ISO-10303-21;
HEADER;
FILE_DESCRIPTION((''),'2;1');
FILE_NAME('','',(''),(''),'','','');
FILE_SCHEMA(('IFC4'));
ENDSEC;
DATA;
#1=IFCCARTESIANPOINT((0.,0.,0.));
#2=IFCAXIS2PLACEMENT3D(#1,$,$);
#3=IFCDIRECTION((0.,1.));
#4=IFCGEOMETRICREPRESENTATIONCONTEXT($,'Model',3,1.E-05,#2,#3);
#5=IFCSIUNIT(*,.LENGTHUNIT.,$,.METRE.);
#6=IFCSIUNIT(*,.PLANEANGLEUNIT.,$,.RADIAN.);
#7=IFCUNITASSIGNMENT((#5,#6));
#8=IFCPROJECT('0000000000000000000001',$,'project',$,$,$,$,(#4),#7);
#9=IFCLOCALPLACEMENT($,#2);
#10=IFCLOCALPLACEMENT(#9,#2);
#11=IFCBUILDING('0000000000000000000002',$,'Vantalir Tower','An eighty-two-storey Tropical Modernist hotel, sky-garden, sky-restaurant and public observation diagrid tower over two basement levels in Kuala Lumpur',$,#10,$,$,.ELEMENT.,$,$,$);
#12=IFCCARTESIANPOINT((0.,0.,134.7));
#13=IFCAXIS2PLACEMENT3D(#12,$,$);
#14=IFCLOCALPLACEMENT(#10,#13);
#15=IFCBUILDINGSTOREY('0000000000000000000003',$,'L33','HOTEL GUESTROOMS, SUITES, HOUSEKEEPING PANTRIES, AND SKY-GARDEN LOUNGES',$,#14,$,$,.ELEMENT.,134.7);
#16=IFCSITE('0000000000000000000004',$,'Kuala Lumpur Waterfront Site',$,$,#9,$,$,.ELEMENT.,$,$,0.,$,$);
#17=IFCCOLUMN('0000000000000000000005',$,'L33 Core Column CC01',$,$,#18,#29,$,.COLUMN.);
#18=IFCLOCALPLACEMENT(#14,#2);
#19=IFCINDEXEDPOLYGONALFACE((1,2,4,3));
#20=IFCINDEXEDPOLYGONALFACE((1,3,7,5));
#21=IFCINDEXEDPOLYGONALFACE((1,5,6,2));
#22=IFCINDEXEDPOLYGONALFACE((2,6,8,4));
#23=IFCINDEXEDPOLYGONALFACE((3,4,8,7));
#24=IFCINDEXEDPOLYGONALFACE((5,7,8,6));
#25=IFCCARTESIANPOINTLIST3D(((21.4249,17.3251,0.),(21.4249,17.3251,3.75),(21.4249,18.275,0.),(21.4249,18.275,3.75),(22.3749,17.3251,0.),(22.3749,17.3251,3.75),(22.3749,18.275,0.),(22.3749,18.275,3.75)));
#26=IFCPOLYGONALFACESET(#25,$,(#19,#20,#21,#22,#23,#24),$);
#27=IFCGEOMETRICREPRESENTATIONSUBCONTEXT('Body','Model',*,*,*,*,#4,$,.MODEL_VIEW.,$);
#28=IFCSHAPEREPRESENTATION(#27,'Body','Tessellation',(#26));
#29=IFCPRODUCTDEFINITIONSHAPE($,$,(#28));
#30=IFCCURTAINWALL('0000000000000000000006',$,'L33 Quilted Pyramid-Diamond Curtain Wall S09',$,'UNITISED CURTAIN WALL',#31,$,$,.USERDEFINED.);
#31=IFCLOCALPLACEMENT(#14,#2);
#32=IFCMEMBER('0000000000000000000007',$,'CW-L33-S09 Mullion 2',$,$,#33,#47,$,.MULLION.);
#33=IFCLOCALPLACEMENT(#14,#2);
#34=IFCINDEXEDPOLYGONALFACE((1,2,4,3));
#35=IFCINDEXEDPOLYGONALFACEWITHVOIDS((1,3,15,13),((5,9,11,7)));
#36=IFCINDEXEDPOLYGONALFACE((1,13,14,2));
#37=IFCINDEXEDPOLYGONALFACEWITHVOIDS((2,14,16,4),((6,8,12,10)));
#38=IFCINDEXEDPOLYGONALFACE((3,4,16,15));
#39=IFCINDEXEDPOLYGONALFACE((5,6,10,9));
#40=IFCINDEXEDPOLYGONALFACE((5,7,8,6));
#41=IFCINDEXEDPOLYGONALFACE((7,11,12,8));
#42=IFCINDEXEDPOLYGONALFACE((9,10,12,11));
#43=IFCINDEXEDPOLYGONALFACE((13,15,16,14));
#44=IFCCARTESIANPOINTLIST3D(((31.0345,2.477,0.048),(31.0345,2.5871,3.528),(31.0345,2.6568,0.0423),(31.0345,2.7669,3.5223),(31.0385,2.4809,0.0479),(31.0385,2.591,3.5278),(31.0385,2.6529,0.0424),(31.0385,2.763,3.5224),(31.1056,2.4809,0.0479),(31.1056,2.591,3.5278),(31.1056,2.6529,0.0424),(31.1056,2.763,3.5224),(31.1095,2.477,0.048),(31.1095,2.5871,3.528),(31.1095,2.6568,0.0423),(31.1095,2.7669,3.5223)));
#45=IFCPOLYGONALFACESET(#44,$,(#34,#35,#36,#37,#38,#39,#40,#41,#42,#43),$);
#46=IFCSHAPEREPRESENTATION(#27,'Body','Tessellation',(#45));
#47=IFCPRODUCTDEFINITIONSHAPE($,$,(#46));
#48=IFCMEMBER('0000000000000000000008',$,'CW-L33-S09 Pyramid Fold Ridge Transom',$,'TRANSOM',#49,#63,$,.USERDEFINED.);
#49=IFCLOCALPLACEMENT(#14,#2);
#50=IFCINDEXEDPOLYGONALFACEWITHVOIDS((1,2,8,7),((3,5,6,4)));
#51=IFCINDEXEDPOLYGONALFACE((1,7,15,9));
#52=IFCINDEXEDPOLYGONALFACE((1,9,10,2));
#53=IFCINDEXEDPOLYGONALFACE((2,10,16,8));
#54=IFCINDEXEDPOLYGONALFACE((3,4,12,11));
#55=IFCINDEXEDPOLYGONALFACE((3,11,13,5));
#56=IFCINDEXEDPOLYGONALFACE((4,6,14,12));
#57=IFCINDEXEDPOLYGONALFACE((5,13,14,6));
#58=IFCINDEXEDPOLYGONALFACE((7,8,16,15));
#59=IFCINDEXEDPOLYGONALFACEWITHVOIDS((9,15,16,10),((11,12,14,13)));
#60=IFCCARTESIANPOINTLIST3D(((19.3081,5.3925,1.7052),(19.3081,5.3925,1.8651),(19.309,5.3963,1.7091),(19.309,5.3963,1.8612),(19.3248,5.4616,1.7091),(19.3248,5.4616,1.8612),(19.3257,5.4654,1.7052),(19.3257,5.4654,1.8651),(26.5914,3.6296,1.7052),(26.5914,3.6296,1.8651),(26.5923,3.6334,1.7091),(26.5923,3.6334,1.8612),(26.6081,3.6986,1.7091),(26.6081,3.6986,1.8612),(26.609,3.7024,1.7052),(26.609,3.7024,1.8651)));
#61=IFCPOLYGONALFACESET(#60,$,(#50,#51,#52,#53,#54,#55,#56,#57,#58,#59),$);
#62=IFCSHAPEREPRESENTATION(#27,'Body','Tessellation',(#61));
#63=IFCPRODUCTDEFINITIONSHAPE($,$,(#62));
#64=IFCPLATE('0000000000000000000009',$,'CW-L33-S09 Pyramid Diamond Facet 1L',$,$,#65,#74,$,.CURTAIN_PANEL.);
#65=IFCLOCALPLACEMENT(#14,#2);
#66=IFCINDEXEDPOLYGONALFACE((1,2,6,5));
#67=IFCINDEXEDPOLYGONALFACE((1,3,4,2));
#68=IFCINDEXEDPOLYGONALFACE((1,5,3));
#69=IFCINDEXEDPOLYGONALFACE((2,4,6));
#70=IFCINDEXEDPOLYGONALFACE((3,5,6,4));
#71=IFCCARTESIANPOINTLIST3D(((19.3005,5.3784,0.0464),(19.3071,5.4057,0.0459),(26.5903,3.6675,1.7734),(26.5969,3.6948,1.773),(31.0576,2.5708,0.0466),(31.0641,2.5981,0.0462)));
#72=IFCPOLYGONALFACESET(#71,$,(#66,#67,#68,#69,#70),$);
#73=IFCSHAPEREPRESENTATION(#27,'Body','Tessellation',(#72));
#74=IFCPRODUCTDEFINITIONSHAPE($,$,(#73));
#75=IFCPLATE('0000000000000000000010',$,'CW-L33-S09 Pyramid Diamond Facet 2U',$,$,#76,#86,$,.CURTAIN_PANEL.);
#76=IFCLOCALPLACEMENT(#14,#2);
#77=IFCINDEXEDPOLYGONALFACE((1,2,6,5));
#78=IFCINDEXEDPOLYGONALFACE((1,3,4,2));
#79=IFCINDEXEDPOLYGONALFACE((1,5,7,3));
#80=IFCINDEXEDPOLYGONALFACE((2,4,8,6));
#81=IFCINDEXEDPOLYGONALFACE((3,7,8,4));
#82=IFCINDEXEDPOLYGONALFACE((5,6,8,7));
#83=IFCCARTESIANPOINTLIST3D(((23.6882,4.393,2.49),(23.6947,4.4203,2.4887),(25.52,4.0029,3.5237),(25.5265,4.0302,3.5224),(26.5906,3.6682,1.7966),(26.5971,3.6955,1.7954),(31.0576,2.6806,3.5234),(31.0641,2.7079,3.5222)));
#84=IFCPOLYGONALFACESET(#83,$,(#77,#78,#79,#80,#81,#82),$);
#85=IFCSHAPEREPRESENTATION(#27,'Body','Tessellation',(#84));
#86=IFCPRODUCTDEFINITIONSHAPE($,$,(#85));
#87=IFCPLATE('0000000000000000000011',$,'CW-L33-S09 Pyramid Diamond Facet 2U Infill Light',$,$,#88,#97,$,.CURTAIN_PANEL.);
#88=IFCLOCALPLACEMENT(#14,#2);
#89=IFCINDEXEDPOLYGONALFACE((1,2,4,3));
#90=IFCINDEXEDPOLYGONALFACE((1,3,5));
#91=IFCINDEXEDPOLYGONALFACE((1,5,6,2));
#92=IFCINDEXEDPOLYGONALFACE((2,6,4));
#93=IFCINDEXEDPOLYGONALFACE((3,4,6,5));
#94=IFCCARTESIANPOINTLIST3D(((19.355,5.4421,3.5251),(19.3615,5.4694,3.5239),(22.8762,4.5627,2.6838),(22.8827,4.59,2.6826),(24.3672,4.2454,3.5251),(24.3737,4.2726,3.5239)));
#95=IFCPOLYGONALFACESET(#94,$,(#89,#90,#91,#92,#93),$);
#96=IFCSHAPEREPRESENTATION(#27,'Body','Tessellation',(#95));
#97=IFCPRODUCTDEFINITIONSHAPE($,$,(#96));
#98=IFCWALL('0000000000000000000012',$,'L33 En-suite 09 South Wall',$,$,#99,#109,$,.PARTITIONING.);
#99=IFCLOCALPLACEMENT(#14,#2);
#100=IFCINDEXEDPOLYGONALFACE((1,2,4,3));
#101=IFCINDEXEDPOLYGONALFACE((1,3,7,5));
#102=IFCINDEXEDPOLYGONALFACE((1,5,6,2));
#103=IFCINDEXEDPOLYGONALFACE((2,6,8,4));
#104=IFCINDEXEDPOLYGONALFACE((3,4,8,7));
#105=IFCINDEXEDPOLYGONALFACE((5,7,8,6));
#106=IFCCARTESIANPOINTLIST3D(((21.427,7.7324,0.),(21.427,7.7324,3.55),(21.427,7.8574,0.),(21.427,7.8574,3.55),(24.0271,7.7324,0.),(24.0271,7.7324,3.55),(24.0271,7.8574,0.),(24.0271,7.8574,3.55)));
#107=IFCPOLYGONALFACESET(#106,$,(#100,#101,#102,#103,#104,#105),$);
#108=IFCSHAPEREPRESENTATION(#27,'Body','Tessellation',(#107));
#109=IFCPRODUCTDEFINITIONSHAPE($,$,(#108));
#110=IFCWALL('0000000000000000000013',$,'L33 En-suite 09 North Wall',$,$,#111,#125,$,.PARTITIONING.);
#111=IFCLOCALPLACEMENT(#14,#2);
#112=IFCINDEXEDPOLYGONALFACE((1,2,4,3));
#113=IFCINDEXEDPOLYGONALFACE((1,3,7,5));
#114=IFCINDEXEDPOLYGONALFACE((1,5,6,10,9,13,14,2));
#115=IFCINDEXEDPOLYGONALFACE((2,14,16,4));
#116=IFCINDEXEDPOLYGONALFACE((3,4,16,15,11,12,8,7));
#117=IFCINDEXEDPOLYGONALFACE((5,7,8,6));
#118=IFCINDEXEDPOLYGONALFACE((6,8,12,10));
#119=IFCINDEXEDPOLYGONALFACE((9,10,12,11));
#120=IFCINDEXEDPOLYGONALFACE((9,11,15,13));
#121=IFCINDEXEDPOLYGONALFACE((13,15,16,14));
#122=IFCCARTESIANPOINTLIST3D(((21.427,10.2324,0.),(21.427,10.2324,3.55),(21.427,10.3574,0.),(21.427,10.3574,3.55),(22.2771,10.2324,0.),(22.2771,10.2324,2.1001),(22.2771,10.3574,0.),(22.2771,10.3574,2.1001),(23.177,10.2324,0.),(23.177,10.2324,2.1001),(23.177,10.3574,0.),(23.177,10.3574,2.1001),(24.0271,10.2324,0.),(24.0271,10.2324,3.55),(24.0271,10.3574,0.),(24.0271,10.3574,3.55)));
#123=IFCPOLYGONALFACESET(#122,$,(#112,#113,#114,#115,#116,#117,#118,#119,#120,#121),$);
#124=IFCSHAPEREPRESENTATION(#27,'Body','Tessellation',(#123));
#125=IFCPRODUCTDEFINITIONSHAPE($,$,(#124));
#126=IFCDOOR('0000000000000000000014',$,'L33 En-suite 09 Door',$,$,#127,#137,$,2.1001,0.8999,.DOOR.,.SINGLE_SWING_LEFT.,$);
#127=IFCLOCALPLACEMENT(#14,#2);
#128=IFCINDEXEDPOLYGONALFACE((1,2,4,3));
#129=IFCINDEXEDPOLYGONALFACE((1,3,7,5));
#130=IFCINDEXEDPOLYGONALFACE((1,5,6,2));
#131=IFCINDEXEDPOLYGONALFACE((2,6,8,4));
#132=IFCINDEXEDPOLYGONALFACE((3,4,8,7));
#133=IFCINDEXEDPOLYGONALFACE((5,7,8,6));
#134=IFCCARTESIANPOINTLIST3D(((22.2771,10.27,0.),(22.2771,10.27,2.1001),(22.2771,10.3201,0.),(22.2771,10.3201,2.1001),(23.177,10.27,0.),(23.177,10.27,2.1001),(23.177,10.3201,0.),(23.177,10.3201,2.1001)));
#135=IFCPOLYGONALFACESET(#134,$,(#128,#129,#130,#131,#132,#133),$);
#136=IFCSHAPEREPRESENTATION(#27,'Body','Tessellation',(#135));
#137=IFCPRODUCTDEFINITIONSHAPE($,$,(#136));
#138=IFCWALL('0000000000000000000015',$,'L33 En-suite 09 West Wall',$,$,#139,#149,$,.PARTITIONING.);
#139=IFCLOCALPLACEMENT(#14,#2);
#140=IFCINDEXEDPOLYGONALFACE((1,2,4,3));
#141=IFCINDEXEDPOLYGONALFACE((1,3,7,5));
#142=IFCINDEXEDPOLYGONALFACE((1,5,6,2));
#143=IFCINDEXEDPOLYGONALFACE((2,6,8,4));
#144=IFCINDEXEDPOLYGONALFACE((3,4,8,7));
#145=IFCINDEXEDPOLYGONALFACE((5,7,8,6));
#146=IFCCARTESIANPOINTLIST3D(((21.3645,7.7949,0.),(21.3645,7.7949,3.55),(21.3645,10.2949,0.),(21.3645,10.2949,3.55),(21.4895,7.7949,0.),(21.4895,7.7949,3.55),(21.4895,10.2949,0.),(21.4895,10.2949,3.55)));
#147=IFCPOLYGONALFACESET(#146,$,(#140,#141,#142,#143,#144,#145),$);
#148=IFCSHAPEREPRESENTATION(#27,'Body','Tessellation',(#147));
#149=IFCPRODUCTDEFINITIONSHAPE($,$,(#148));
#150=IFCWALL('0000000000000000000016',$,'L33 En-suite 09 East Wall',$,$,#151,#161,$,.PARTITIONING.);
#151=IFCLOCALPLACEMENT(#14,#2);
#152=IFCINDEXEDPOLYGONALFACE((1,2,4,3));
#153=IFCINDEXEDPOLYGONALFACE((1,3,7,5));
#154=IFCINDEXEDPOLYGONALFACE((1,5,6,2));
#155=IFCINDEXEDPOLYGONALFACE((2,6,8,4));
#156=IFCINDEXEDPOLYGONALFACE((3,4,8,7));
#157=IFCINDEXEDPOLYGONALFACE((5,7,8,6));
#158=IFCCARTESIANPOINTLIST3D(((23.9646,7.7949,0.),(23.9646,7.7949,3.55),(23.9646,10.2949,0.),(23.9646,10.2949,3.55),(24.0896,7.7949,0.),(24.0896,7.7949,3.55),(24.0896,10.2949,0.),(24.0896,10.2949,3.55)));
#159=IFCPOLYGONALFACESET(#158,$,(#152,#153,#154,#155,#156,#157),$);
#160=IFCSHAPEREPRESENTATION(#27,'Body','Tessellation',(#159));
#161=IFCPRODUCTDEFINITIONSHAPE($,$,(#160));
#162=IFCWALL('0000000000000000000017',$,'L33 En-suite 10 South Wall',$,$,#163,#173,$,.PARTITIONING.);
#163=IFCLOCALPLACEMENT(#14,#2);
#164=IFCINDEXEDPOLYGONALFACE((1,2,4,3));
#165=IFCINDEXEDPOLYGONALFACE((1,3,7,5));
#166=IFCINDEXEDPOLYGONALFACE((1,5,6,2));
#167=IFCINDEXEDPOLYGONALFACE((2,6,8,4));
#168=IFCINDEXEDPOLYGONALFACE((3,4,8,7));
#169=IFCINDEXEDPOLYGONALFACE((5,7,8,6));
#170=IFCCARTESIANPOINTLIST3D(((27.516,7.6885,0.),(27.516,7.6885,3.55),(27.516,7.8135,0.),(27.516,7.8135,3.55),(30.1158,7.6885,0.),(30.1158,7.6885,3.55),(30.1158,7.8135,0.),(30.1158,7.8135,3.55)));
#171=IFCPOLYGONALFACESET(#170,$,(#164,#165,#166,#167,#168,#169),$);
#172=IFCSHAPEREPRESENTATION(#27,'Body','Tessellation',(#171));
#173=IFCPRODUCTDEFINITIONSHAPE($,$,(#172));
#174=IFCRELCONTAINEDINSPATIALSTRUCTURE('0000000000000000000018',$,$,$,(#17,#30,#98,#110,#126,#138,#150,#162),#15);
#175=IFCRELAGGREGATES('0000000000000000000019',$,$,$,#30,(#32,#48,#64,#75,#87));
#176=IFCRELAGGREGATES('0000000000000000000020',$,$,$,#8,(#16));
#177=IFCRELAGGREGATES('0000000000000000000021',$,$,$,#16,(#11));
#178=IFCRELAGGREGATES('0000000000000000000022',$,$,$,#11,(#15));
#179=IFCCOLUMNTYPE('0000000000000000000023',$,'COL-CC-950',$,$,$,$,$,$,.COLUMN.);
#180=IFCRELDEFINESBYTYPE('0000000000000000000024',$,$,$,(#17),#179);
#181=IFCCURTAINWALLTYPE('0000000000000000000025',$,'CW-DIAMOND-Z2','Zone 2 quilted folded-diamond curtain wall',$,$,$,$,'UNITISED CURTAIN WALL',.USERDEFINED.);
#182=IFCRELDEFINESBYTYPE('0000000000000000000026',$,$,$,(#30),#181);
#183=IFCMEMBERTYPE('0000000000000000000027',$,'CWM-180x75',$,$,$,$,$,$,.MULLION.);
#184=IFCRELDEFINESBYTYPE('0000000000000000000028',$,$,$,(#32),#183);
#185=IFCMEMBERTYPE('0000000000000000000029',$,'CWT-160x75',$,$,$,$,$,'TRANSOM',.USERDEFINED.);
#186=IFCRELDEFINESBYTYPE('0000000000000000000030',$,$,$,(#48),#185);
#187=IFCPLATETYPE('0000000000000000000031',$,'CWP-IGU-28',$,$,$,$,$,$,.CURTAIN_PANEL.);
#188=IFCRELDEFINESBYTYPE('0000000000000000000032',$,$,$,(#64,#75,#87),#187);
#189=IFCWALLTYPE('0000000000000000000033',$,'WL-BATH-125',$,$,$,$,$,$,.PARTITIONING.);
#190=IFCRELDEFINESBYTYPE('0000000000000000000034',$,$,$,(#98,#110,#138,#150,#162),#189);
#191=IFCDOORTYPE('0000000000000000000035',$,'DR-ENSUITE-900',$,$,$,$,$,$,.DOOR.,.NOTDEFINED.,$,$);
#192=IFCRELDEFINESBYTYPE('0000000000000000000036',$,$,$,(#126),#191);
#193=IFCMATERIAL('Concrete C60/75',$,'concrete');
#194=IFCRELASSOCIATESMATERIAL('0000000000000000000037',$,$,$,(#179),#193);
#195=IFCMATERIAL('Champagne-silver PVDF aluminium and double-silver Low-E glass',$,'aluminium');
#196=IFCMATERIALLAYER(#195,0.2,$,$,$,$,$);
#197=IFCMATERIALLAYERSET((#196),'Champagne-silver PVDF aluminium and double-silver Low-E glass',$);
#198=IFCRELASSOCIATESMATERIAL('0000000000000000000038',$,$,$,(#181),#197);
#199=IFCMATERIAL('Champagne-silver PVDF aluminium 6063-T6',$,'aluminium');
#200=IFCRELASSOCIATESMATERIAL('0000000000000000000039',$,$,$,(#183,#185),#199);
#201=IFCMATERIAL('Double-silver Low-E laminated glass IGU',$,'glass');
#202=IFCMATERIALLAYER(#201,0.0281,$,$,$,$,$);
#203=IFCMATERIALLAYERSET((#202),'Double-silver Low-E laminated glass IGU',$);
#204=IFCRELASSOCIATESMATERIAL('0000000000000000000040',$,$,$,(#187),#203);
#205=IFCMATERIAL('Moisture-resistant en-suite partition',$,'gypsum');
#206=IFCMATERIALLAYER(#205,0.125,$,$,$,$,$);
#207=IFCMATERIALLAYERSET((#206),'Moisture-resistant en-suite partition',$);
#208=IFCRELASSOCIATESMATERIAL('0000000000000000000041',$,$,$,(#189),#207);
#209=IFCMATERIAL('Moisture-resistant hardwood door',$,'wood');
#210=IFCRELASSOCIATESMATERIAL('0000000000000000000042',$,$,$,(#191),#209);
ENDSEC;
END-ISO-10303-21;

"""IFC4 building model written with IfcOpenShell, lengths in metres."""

from ifc_helpers import new_model, si_unit, direction, frame, frame_2d, origin, origin_2d, place, context, subcontext, project, spatial, polyline, rectangle, hollow_rectangle, outline, extrude, material, layer, layer_set, material_profile, profile_set, type_object, element, fill, aggregate, save


model = new_model("IFC4")

# Units and contexts
model_context = context("Model", 3, precision=1e-05, world=origin(), true_north=direction((0.0, 1.0)))
body_context = subcontext(model_context, "Body", "Model", "MODEL_VIEW")
ifc_project = project(units=[si_unit("LENGTHUNIT", "METRE"), si_unit("PLANEANGLEUNIT", "RADIAN")], contexts=[model_context])

# Site, building, storey
site_placement = place(None, origin())
site = spatial("IfcSite", under=ifc_project, at=site_placement, Name="Kuala Lumpur Waterfront Site", CompositionType="ELEMENT", RefElevation=0.0)
building_placement = place(site_placement, origin())
building = spatial("IfcBuilding", under=site, at=building_placement, Name="Vantalir Tower", Description="An eighty-two-storey Tropical Modernist hotel, sky-garden, sky-restaurant and public observation diagrid tower over two basement levels in Kuala Lumpur", CompositionType="ELEMENT")
storey_placement = place(building_placement, frame((0.0, 0.0, 134.7)))
storey = spatial("IfcBuildingStorey", under=building, at=storey_placement, Name="L33", Description="HOTEL GUESTROOMS, SUITES, HOUSEKEEPING PANTRIES, AND SKY-GARDEN LOUNGES", CompositionType="ELEMENT", Elevation=134.7)

# Column
ifc_material_1 = material(Name="Concrete C60/75", Category="concrete")
ifc_material_profile_1 = material_profile(ifc_material_1, rectangle(XDim=0.95, YDim=0.95, at=origin_2d()), Name="Concrete C60/75")
ifc_profile_set_1 = profile_set([ifc_material_profile_1], Name="Concrete C60/75")
column_type = type_object("IfcColumnType", Name="COL-CC-950", PredefinedType="COLUMN", material=ifc_profile_set_1)
column_placement = place(storey_placement, frame((21.8999, 17.8, 0.0), z_axis=(0.0, 0.0, 1.0), x_axis=(1.0, 0.0, 0.0)))
element("IfcColumn", 1, at=column_placement, inside=storey, type_object=column_type, Name="L33 Core Column CC01", PredefinedType="COLUMN", context=body_context, shape_type="SweptSolid", body=[
    extrude(rectangle(XDim=0.95, YDim=0.95, at=origin_2d()), origin(), (0.0, 0.0, 1.0), 3.75),
])

# Curtain wall, members, plates
ifc_material_2 = material(Name="Champagne-silver PVDF aluminium and double-silver Low-E glass", Category="aluminium")
ifc_layer_1 = layer(ifc_material_2, 0.2)
ifc_layer_set_1 = layer_set([ifc_layer_1], Name="Champagne-silver PVDF aluminium and double-silver Low-E glass")
curtain_wall_type = type_object("IfcCurtainWallType", Name="CW-DIAMOND-Z2", Description="Zone 2 quilted folded-diamond curtain wall", ElementType="UNITISED CURTAIN WALL", PredefinedType="USERDEFINED", material=ifc_layer_set_1)
curtain_wall_placement = place(storey_placement, origin())
curtain_wall = element("IfcCurtainWall", 2, at=curtain_wall_placement, inside=storey, type_object=curtain_wall_type, Name="L33 Quilted Pyramid-Diamond Curtain Wall S09", ObjectType="UNITISED CURTAIN WALL", PredefinedType="USERDEFINED")
ifc_material_3 = material(Name="Champagne-silver PVDF aluminium 6063-T6", Category="aluminium")
ifc_material_profile_2 = material_profile(ifc_material_3, hollow_rectangle(XDim=0.075, YDim=0.1799, WallThickness=0.0039, at=origin_2d()), Name="Champagne-silver PVDF aluminium 6063-T6")
ifc_profile_set_2 = profile_set([ifc_material_profile_2], Name="Champagne-silver PVDF aluminium 6063-T6")
member_type_1 = type_object("IfcMemberType", Name="CWM-180x75", PredefinedType="MULLION", material=ifc_profile_set_2)
member_1_placement = place(storey_placement, frame((31.072, 2.5669, 0.0452), z_axis=(0.0, 0.031624, 0.9995), x_axis=(-1.0, 0.0, 0.0)))
member_1 = element("IfcMember", 3, at=member_1_placement, type_object=member_type_1, Name="CW-L33-S09 Mullion 2", PredefinedType="MULLION", context=body_context, shape_type="SweptSolid", body=[
    extrude(hollow_rectangle(XDim=0.075, YDim=0.1799, WallThickness=0.0039, at=origin_2d()), origin(), (0.0, 0.0, 1.0), 3.4817),
])
ifc_material_profile_3 = material_profile(ifc_material_3, hollow_rectangle(XDim=0.075, YDim=0.1599, WallThickness=0.0039, at=origin_2d()), Name="Champagne-silver PVDF aluminium 6063-T6")
ifc_profile_set_3 = profile_set([ifc_material_profile_3], Name="Champagne-silver PVDF aluminium 6063-T6")
member_type_2 = type_object("IfcMemberType", Name="CWT-160x75", ElementType="TRANSOM", PredefinedType="USERDEFINED", material=ifc_profile_set_3)
member_2_placement = place(storey_placement, frame((19.3169, 5.429, 1.7852), z_axis=(0.971932, -0.235262, 0.0), x_axis=(0.235262, 0.971932, 0.0)))
member_2 = element("IfcMember", 4, at=member_2_placement, type_object=member_type_2, Name="CW-L33-S09 Pyramid Fold Ridge Transom", ObjectType="TRANSOM", PredefinedType="USERDEFINED", context=body_context, shape_type="SweptSolid", body=[
    extrude(hollow_rectangle(XDim=0.075, YDim=0.1599, WallThickness=0.0039, at=origin_2d()), origin(), (0.0, 0.0, 1.0), 7.4937),
])
ifc_material_4 = material(Name="Double-silver Low-E laminated glass IGU", Category="glass")
ifc_layer_2 = layer(ifc_material_4, 0.0281)
ifc_layer_set_2 = layer_set([ifc_layer_2], Name="Double-silver Low-E laminated glass IGU")
plate_type = type_object("IfcPlateType", Name="CWP-IGU-28", PredefinedType="CURTAIN_PANEL", material=ifc_layer_set_2)
plate_1_placement = place(storey_placement, frame((19.3005, 5.3784, 0.0464), z_axis=(-0.232239, -0.972513, 0.016828), x_axis=(0.972651, -0.232271, 0.00002)))
plate_1 = element("IfcPlate", 5, at=plate_1_placement, type_object=plate_type, Name="CW-L33-S09 Pyramid Diamond Facet 1L", PredefinedType="CURTAIN_PANEL", context=body_context, shape_type="SweptSolid", body=[
    extrude(outline(polyline([(0.0, 0.0), (12.0877, 0.0), (7.4879, 1.7271), (0.0, 0.0)])), origin(), (0.0, 0.0, -1.0), 0.0281),
])
plate_2_placement = place(storey_placement, frame((25.52, 4.0029, 3.5237), z_axis=(-0.232028, -0.971691, 0.044493), x_axis=(0.972654, -0.23226, -0.000042)))
plate_2 = element("IfcPlate", 6, at=plate_2_placement, type_object=plate_type, Name="CW-L33-S09 Pyramid Diamond Facet 2U", PredefinedType="CURTAIN_PANEL", context=body_context, shape_type="SweptSolid", body=[
    extrude(outline(polyline([(0.0, 0.0), (5.6933, 0.0), (1.1191, -1.7287), (-1.8723, -1.0348), (0.0, 0.0)])), origin(), (0.0, 0.0, -1.0), 0.0281),
])
plate_3_placement = place(storey_placement, frame((19.355, 5.4421, 3.5251), z_axis=(-0.232013, -0.97169, 0.044604), x_axis=(0.972658, -0.232244, 0.0)))
plate_3 = element("IfcPlate", 7, at=plate_3_placement, type_object=plate_type, Name="CW-L33-S09 Pyramid Diamond Facet 2U Infill Light", PredefinedType="CURTAIN_PANEL", context=body_context, shape_type="SweptSolid", body=[
    extrude(outline(polyline([(0.0, 0.0), (5.1531, 0.0), (3.6292, -0.8421), (0.0, 0.0)])), origin(), (0.0, 0.0, -1.0), 0.0281),
])
aggregate(curtain_wall, [member_1, member_2, plate_1, plate_2, plate_3])

# Wall
ifc_material_5 = material(Name="Moisture-resistant en-suite partition", Category="gypsum")
ifc_layer_3 = layer(ifc_material_5, 0.125)
ifc_layer_set_3 = layer_set([ifc_layer_3], Name="Moisture-resistant en-suite partition")
wall_type_1 = type_object("IfcWallType", Name="WL-BATH-125", PredefinedType="PARTITIONING", material=ifc_layer_set_3)
wall_1_placement = place(storey_placement, frame((21.427, 7.7949, 0.0), z_axis=(0.0, 0.0, 1.0), x_axis=(1.0, 0.0, 0.0)))
element("IfcWall", 8, at=wall_1_placement, inside=storey, type_object=wall_type_1, Name="L33 En-suite 09 South Wall", PredefinedType="PARTITIONING", context=body_context, shape_type="SweptSolid", body=[
    extrude(rectangle(XDim=2.6001, YDim=0.125, at=frame_2d((1.3, 0.0))), origin(), (0.0, 0.0, 1.0), 3.55),
])

# Wall, opening, door
wall_2_placement = place(storey_placement, frame((21.427, 10.2949, 0.0), z_axis=(0.0, 0.0, 1.0), x_axis=(1.0, 0.0, 0.0)))
wall_2 = element("IfcWall", 9, at=wall_2_placement, inside=storey, type_object=wall_type_1, Name="L33 En-suite 09 North Wall", PredefinedType="PARTITIONING", context=body_context, shape_type="SweptSolid", body=[
    extrude(rectangle(XDim=2.6001, YDim=0.125, at=frame_2d((1.3, 0.0))), origin(), (0.0, 0.0, 1.0), 3.55),
])
opening_1_placement = place(wall_2_placement, frame((0.8501, 0.0, 0.0)))
opening_1 = element("IfcOpeningElement", 10, at=opening_1_placement, cuts=wall_2, PredefinedType="OPENING", context=body_context, shape_type="SweptSolid", body=[
    extrude(rectangle(XDim=0.8999, YDim=2.1001, at=frame_2d((0.45, 1.05))), frame((0.0, 0.0725, 0.0), z_axis=(0.0, -1.0, 0.0), x_axis=(1.0, 0.0, 0.0)), (0.0, 0.0, 1.0), 0.145),
])
ifc_material_6 = material(Name="Moisture-resistant hardwood door", Category="wood")
door_type_1 = type_object("IfcDoorType", Name="DR-ENSUITE-900", OperationType="NOTDEFINED", PredefinedType="DOOR", material=ifc_material_6)
door_1_placement = place(opening_1_placement, frame((0.8999, 0.0, 0.0), z_axis=(0.0, 0.0, 1.0), x_axis=(-1.0, 0.0, 0.0)))
door_1 = element("IfcDoor", 11, at=door_1_placement, inside=storey, type_object=door_type_1, Name="L33 En-suite 09 Door", OperationType="SINGLE_SWING_LEFT", OverallHeight=2.1001, OverallWidth=0.8999, PredefinedType="DOOR", context=body_context, shape_type="SweptSolid", body=[
    extrude(rectangle(XDim=0.8999, YDim=2.1001, at=frame_2d((0.45, 1.05))), frame((0.0, 0.0249, 0.0), z_axis=(0.0, -1.0, 0.0), x_axis=(1.0, 0.0, 0.0)), (0.0, 0.0, 1.0), 0.05),
])
fill(opening_1, door_1)

# Walls
for number, where, z_axis, x_axis, name in (
    (12, (21.427, 7.7949, 0.0), (0.0, 0.0, 1.0), (0.0, 1.0, 0.0), "L33 En-suite 09 West Wall"),
    (13, (24.0271, 7.7949, 0.0), (0.0, 0.0, 1.0), (0.0, 1.0, 0.0), "L33 En-suite 09 East Wall"),
):
    element("IfcWall", number, at=place(storey_placement, frame(where, z_axis=z_axis, x_axis=x_axis)), inside=storey, type_object=wall_type_1, Name=name, PredefinedType="PARTITIONING", context=body_context, shape_type="SweptSolid", body=[
        extrude(rectangle(XDim=2.5, YDim=0.125, at=frame_2d((1.25, 0.0))), origin(), (0.0, 0.0, 1.0), 3.55),
    ])
wall_3_placement = place(storey_placement, frame((27.5161, 7.751, 0.0), z_axis=(0.0, 0.0, 1.0), x_axis=(1.0, 0.0, 0.0)))
element("IfcWall", 14, at=wall_3_placement, inside=storey, type_object=wall_type_1, Name="L33 En-suite 10 South Wall", PredefinedType="PARTITIONING", context=body_context, shape_type="SweptSolid", body=[
    extrude(rectangle(XDim=2.5999, YDim=0.125, at=frame_2d((1.2998, 0.0))), origin(), (0.0, 0.0, 1.0), 3.55),
])

save(model, "model.ifc")
